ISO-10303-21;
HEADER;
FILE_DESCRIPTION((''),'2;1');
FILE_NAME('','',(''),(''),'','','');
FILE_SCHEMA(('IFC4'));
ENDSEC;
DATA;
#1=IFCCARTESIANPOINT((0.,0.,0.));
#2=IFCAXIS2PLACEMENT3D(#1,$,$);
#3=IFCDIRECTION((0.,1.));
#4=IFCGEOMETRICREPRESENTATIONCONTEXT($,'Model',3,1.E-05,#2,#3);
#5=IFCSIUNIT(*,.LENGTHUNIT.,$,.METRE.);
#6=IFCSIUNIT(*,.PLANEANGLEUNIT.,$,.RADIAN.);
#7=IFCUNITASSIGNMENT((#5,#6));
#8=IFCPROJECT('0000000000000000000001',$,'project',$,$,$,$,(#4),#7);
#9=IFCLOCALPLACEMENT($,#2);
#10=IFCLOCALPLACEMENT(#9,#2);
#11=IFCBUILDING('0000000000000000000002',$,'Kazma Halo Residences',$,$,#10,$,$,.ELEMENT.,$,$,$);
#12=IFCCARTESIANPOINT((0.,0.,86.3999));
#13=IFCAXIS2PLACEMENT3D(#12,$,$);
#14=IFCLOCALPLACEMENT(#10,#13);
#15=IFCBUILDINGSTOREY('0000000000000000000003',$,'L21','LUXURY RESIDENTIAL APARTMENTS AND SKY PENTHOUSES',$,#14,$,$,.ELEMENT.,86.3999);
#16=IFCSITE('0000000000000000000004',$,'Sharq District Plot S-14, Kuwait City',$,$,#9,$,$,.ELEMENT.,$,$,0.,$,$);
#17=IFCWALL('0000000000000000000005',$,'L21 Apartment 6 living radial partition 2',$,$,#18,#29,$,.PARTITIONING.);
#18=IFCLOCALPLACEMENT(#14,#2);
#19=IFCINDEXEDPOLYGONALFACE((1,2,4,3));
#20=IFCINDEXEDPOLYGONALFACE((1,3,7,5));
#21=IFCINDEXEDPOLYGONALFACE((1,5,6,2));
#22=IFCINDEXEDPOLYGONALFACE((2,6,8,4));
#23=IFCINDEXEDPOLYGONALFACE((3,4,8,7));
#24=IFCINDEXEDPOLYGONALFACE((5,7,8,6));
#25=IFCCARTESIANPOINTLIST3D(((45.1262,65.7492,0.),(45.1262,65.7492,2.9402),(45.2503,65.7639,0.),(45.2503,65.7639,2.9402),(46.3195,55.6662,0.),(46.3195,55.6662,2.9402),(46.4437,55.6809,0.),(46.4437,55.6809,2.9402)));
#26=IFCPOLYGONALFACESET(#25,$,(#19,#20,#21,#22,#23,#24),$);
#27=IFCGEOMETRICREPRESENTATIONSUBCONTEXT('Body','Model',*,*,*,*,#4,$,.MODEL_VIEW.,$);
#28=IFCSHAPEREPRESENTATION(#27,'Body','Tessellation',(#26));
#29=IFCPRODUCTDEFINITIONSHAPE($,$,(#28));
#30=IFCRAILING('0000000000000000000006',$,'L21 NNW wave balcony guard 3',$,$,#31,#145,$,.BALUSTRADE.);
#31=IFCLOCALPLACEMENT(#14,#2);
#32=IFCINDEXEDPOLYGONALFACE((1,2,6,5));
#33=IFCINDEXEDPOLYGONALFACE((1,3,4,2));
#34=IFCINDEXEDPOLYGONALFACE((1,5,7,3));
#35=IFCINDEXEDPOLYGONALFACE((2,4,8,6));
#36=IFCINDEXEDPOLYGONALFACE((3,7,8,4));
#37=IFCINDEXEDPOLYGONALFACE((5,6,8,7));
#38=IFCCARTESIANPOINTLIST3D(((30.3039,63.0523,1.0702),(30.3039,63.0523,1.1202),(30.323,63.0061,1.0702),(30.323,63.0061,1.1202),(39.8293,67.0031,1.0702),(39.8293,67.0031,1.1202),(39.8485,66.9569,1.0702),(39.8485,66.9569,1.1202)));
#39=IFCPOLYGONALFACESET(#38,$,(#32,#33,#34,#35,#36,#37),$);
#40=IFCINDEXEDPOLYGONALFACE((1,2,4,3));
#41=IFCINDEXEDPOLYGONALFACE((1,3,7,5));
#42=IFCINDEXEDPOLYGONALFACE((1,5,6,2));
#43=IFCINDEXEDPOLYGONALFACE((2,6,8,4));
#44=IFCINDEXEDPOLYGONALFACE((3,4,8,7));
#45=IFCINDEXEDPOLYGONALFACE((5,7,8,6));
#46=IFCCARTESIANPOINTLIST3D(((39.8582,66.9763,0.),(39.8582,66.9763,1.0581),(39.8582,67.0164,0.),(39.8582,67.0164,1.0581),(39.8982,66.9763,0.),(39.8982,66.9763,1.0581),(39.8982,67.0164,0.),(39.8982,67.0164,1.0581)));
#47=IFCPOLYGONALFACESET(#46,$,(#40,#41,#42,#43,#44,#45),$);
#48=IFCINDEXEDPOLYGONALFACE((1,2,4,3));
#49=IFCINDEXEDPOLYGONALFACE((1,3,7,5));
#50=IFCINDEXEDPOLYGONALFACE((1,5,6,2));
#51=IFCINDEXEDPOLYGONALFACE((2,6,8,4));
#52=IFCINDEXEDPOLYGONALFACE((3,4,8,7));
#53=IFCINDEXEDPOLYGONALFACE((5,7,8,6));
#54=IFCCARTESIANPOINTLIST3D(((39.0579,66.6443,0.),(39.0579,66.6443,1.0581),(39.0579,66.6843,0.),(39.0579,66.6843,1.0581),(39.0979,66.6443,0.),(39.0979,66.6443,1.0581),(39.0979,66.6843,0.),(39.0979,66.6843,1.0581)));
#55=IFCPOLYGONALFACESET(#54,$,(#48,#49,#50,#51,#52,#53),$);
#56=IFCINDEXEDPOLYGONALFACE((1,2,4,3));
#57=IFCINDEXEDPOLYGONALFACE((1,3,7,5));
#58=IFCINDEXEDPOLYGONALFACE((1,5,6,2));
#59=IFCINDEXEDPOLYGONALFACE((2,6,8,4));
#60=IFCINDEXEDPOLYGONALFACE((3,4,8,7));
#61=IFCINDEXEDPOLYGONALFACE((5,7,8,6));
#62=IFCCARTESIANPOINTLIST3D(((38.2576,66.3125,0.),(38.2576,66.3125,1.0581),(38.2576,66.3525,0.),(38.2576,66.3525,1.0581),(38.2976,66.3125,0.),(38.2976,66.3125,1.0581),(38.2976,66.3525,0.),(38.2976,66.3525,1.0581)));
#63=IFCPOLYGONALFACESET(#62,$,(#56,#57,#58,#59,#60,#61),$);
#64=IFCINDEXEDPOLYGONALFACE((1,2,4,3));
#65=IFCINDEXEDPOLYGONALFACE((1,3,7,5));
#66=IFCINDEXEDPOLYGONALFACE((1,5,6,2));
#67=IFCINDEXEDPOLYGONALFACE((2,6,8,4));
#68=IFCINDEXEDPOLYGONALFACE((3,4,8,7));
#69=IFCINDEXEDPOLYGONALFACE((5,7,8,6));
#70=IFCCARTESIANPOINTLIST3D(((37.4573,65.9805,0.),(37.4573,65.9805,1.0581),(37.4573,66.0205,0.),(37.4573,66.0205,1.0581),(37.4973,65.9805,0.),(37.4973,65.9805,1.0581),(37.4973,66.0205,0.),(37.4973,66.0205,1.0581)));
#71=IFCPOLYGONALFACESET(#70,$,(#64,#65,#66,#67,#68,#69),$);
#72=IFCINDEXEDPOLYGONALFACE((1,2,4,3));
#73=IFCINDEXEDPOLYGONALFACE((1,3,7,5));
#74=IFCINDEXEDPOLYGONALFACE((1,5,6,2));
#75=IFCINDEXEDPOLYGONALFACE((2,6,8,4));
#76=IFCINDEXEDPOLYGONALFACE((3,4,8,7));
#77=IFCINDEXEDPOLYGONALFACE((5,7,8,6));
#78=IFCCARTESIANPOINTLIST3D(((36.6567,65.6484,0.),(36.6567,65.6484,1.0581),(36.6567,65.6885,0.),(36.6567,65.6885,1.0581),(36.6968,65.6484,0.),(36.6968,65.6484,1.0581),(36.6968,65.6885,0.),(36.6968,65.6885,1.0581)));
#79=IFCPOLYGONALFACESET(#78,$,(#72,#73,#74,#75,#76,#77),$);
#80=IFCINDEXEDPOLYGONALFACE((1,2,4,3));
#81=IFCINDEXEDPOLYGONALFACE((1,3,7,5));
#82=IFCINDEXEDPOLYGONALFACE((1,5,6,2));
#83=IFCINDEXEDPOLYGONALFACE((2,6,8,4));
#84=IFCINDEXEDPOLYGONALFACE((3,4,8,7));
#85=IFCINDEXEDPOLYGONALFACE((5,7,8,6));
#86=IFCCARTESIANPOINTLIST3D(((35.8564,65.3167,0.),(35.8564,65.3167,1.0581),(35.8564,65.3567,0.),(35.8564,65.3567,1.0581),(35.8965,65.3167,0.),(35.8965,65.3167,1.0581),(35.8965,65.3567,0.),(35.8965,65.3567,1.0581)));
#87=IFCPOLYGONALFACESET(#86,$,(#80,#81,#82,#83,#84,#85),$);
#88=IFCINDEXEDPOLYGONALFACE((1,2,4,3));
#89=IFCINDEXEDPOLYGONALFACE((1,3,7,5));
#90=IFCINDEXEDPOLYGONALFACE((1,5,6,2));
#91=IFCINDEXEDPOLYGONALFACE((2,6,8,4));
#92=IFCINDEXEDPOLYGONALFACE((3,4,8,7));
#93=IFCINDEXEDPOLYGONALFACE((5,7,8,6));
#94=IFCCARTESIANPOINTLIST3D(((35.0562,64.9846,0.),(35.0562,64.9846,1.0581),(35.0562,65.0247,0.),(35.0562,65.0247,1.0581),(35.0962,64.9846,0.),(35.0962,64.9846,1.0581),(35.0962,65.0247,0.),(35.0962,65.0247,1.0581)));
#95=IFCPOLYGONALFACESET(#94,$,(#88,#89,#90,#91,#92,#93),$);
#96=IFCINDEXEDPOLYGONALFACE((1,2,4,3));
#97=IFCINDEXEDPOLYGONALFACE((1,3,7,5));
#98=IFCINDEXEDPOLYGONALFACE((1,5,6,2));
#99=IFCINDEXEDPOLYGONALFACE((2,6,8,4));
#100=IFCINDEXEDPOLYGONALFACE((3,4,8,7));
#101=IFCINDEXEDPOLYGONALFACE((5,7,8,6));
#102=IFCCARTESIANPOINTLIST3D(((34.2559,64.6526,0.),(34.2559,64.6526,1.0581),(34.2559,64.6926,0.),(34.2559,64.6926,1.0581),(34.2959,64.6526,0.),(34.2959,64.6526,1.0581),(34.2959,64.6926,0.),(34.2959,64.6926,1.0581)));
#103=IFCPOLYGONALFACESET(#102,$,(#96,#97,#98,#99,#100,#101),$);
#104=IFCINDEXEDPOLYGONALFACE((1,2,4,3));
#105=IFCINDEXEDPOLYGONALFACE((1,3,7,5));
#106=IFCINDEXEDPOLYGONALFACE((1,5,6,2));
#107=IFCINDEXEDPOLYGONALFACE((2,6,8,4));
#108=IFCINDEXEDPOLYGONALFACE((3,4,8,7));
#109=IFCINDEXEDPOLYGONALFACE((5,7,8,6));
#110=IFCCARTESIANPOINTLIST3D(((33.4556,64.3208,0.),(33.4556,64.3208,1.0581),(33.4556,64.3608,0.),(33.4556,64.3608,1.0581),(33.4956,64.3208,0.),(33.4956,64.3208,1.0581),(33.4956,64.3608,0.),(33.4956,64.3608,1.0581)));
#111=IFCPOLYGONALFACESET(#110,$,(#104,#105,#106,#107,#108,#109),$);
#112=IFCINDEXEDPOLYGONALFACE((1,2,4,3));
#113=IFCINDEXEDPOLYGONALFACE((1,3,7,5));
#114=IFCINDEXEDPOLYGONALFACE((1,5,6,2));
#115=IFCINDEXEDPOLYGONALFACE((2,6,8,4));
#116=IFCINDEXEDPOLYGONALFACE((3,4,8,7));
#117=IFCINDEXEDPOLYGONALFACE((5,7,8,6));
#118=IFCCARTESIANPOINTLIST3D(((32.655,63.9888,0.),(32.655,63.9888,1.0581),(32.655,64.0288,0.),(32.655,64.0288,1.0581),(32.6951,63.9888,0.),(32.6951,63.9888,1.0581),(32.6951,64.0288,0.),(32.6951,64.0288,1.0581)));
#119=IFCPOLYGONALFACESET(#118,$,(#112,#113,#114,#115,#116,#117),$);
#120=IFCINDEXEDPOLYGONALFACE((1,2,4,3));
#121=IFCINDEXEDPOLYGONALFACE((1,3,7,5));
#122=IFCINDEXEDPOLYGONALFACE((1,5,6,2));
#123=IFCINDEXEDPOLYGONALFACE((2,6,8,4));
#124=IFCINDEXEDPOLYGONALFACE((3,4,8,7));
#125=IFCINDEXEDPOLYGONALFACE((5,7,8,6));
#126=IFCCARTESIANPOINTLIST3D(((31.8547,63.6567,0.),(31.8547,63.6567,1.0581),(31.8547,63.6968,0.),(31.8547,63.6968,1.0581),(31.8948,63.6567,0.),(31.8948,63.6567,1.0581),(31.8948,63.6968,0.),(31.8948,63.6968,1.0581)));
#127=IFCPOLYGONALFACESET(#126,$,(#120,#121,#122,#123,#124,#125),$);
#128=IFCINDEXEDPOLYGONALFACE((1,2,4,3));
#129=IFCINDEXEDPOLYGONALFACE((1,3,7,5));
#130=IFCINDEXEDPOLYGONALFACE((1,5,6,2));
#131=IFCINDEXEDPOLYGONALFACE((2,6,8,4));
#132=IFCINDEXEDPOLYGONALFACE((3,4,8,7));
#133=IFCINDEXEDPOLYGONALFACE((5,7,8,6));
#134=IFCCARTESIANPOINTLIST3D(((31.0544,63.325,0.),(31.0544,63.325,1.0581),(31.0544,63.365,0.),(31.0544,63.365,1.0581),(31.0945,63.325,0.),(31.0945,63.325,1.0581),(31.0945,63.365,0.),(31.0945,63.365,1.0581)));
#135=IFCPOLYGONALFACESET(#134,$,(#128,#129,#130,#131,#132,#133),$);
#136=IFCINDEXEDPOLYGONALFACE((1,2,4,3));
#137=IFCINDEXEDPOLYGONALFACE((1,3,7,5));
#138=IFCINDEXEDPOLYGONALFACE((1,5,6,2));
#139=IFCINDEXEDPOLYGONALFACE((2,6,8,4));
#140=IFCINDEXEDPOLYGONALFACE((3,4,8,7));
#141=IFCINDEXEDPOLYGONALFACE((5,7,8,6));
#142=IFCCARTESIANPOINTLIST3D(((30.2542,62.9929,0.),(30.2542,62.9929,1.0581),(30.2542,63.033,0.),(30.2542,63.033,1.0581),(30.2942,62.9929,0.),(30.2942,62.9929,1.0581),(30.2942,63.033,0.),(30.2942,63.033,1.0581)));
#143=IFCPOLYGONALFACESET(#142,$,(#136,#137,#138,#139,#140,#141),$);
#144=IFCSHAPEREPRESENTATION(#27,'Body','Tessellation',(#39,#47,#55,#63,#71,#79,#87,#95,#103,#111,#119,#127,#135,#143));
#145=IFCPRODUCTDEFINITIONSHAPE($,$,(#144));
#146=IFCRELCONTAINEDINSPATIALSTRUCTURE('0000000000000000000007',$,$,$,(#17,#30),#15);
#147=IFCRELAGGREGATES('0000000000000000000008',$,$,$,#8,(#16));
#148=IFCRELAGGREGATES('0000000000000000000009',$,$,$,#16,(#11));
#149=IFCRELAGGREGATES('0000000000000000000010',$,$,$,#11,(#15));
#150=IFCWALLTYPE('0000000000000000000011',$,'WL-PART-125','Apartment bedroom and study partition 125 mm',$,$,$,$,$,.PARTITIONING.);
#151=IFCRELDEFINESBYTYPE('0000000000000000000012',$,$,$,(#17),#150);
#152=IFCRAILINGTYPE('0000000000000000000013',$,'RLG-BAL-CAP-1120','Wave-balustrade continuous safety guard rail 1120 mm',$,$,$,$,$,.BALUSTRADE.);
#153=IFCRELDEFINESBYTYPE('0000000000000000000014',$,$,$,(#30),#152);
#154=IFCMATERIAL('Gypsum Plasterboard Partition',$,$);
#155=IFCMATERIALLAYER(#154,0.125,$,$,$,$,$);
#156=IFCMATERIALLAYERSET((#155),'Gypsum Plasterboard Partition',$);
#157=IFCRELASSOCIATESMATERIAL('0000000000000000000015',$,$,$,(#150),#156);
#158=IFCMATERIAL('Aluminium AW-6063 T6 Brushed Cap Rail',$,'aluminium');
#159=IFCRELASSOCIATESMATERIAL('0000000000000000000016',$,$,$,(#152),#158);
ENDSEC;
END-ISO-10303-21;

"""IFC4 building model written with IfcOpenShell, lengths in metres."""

from ifc_helpers import new_model, si_unit, direction, frame, frame_2d, origin, origin_2d, place, context, subcontext, project, spatial, rectangle, extrude, material, layer, layer_set, type_object, element, save


model = new_model("IFC4")

# Units and contexts
model_context = context("Model", 3, precision=1e-05, world=origin(), true_north=direction((0.0, 1.0)))
body_context = subcontext(model_context, "Body", "Model", "MODEL_VIEW")
ifc_project = project(units=[si_unit("LENGTHUNIT", "METRE"), si_unit("PLANEANGLEUNIT", "RADIAN")], contexts=[model_context])

# Site, building, storey
site_placement = place(None, origin())
site = spatial("IfcSite", under=ifc_project, at=site_placement, Name="Sharq District Plot S-14, Kuwait City", CompositionType="ELEMENT", RefElevation=0.0)
building_placement = place(site_placement, origin())
building = spatial("IfcBuilding", under=site, at=building_placement, Name="Kazma Halo Residences", CompositionType="ELEMENT")
storey_placement = place(building_placement, frame((0.0, 0.0, 86.3999)))
storey = spatial("IfcBuildingStorey", under=building, at=storey_placement, Name="L21", Description="LUXURY RESIDENTIAL APARTMENTS AND SKY PENTHOUSES", CompositionType="ELEMENT", Elevation=86.3999)

# Wall
ifc_material_1 = material(Name="Gypsum Plasterboard Partition")
ifc_layer_1 = layer(ifc_material_1, 0.125)
ifc_layer_set_1 = layer_set([ifc_layer_1], Name="Gypsum Plasterboard Partition")
wall_type_1 = type_object("IfcWallType", Name="WL-PART-125", Description="Apartment bedroom and study partition 125 mm", PredefinedType="PARTITIONING", material=ifc_layer_set_1)
wall_1_placement = place(storey_placement, frame((46.3816, 55.6736, 0.0), z_axis=(0.0, 0.0, 1.0), x_axis=(-0.117533, 0.993069, 0.0)))
element("IfcWall", 1, at=wall_1_placement, inside=storey, type_object=wall_type_1, Name="L21 Apartment 6 living radial partition 2", PredefinedType="PARTITIONING", context=body_context, shape_type="SweptSolid", body=[
    extrude(rectangle(XDim=10.1533, YDim=0.125, at=frame_2d((5.0767, 0.0))), origin(), (0.0, 0.0, 1.0), 2.9402),
])

# Railing
ifc_material_2 = material(Name="Aluminium AW-6063 T6 Brushed Cap Rail", Category="aluminium")
railing_type = type_object("IfcRailingType", Name="RLG-BAL-CAP-1120", Description="Wave-balustrade continuous safety guard rail 1120 mm", PredefinedType="BALUSTRADE", material=ifc_material_2)
railing_placement = place(storey_placement, frame((39.8782, 66.9963, 0.0)))
element("IfcRailing", 2, at=railing_placement, inside=storey, type_object=railing_type, Name="L21 NNW wave balcony guard 3", PredefinedType="BALUSTRADE", context=body_context, shape_type="SweptSolid", body=[
    extrude(rectangle(XDim=0.05, YDim=0.05, at=origin_2d()), frame((-0.0393, -0.0164, 1.0952), z_axis=(-0.9237, -0.383118, 0.0), x_axis=(0.383118, -0.9237, 0.0)), (0.0, 0.0, 1.0), 10.3123),
    extrude(rectangle(XDim=0.04, YDim=0.04, at=origin_2d()), origin(), (0.0, 0.0, 1.0), 1.0581),
    extrude(rectangle(XDim=0.04, YDim=0.04, at=origin_2d()), frame((-0.8003, -0.332, 0.0)), (0.0, 0.0, 1.0), 1.0581),
    extrude(rectangle(XDim=0.04, YDim=0.04, at=origin_2d()), frame((-1.6006, -0.6638, 0.0)), (0.0, 0.0, 1.0), 1.0581),
    extrude(rectangle(XDim=0.04, YDim=0.04, at=origin_2d()), frame((-2.4009, -0.9958, 0.0)), (0.0, 0.0, 1.0), 1.0581),
    extrude(rectangle(XDim=0.04, YDim=0.04, at=origin_2d()), frame((-3.2014, -1.3279, 0.0)), (0.0, 0.0, 1.0), 1.0581),
    extrude(rectangle(XDim=0.04, YDim=0.04, at=origin_2d()), frame((-4.0017, -1.6597, 0.0)), (0.0, 0.0, 1.0), 1.0581),
    extrude(rectangle(XDim=0.04, YDim=0.04, at=origin_2d()), frame((-4.802, -1.9917, 0.0)), (0.0, 0.0, 1.0), 1.0581),
    extrude(rectangle(XDim=0.04, YDim=0.04, at=origin_2d()), frame((-5.6023, -2.3237, 0.0)), (0.0, 0.0, 1.0), 1.0581),
    extrude(rectangle(XDim=0.04, YDim=0.04, at=origin_2d()), frame((-6.4026, -2.6555, 0.0)), (0.0, 0.0, 1.0), 1.0581),
    extrude(rectangle(XDim=0.04, YDim=0.04, at=origin_2d()), frame((-7.2031, -2.9875, 0.0)), (0.0, 0.0, 1.0), 1.0581),
    extrude(rectangle(XDim=0.04, YDim=0.04, at=origin_2d()), frame((-8.0034, -3.3196, 0.0)), (0.0, 0.0, 1.0), 1.0581),
    extrude(rectangle(XDim=0.04, YDim=0.04, at=origin_2d()), frame((-8.8037, -3.6514, 0.0)), (0.0, 0.0, 1.0), 1.0581),
    extrude(rectangle(XDim=0.04, YDim=0.04, at=origin_2d()), frame((-9.604, -3.9834, 0.0)), (0.0, 0.0, 1.0), 1.0581),
])

save(model, "model.ifc")
